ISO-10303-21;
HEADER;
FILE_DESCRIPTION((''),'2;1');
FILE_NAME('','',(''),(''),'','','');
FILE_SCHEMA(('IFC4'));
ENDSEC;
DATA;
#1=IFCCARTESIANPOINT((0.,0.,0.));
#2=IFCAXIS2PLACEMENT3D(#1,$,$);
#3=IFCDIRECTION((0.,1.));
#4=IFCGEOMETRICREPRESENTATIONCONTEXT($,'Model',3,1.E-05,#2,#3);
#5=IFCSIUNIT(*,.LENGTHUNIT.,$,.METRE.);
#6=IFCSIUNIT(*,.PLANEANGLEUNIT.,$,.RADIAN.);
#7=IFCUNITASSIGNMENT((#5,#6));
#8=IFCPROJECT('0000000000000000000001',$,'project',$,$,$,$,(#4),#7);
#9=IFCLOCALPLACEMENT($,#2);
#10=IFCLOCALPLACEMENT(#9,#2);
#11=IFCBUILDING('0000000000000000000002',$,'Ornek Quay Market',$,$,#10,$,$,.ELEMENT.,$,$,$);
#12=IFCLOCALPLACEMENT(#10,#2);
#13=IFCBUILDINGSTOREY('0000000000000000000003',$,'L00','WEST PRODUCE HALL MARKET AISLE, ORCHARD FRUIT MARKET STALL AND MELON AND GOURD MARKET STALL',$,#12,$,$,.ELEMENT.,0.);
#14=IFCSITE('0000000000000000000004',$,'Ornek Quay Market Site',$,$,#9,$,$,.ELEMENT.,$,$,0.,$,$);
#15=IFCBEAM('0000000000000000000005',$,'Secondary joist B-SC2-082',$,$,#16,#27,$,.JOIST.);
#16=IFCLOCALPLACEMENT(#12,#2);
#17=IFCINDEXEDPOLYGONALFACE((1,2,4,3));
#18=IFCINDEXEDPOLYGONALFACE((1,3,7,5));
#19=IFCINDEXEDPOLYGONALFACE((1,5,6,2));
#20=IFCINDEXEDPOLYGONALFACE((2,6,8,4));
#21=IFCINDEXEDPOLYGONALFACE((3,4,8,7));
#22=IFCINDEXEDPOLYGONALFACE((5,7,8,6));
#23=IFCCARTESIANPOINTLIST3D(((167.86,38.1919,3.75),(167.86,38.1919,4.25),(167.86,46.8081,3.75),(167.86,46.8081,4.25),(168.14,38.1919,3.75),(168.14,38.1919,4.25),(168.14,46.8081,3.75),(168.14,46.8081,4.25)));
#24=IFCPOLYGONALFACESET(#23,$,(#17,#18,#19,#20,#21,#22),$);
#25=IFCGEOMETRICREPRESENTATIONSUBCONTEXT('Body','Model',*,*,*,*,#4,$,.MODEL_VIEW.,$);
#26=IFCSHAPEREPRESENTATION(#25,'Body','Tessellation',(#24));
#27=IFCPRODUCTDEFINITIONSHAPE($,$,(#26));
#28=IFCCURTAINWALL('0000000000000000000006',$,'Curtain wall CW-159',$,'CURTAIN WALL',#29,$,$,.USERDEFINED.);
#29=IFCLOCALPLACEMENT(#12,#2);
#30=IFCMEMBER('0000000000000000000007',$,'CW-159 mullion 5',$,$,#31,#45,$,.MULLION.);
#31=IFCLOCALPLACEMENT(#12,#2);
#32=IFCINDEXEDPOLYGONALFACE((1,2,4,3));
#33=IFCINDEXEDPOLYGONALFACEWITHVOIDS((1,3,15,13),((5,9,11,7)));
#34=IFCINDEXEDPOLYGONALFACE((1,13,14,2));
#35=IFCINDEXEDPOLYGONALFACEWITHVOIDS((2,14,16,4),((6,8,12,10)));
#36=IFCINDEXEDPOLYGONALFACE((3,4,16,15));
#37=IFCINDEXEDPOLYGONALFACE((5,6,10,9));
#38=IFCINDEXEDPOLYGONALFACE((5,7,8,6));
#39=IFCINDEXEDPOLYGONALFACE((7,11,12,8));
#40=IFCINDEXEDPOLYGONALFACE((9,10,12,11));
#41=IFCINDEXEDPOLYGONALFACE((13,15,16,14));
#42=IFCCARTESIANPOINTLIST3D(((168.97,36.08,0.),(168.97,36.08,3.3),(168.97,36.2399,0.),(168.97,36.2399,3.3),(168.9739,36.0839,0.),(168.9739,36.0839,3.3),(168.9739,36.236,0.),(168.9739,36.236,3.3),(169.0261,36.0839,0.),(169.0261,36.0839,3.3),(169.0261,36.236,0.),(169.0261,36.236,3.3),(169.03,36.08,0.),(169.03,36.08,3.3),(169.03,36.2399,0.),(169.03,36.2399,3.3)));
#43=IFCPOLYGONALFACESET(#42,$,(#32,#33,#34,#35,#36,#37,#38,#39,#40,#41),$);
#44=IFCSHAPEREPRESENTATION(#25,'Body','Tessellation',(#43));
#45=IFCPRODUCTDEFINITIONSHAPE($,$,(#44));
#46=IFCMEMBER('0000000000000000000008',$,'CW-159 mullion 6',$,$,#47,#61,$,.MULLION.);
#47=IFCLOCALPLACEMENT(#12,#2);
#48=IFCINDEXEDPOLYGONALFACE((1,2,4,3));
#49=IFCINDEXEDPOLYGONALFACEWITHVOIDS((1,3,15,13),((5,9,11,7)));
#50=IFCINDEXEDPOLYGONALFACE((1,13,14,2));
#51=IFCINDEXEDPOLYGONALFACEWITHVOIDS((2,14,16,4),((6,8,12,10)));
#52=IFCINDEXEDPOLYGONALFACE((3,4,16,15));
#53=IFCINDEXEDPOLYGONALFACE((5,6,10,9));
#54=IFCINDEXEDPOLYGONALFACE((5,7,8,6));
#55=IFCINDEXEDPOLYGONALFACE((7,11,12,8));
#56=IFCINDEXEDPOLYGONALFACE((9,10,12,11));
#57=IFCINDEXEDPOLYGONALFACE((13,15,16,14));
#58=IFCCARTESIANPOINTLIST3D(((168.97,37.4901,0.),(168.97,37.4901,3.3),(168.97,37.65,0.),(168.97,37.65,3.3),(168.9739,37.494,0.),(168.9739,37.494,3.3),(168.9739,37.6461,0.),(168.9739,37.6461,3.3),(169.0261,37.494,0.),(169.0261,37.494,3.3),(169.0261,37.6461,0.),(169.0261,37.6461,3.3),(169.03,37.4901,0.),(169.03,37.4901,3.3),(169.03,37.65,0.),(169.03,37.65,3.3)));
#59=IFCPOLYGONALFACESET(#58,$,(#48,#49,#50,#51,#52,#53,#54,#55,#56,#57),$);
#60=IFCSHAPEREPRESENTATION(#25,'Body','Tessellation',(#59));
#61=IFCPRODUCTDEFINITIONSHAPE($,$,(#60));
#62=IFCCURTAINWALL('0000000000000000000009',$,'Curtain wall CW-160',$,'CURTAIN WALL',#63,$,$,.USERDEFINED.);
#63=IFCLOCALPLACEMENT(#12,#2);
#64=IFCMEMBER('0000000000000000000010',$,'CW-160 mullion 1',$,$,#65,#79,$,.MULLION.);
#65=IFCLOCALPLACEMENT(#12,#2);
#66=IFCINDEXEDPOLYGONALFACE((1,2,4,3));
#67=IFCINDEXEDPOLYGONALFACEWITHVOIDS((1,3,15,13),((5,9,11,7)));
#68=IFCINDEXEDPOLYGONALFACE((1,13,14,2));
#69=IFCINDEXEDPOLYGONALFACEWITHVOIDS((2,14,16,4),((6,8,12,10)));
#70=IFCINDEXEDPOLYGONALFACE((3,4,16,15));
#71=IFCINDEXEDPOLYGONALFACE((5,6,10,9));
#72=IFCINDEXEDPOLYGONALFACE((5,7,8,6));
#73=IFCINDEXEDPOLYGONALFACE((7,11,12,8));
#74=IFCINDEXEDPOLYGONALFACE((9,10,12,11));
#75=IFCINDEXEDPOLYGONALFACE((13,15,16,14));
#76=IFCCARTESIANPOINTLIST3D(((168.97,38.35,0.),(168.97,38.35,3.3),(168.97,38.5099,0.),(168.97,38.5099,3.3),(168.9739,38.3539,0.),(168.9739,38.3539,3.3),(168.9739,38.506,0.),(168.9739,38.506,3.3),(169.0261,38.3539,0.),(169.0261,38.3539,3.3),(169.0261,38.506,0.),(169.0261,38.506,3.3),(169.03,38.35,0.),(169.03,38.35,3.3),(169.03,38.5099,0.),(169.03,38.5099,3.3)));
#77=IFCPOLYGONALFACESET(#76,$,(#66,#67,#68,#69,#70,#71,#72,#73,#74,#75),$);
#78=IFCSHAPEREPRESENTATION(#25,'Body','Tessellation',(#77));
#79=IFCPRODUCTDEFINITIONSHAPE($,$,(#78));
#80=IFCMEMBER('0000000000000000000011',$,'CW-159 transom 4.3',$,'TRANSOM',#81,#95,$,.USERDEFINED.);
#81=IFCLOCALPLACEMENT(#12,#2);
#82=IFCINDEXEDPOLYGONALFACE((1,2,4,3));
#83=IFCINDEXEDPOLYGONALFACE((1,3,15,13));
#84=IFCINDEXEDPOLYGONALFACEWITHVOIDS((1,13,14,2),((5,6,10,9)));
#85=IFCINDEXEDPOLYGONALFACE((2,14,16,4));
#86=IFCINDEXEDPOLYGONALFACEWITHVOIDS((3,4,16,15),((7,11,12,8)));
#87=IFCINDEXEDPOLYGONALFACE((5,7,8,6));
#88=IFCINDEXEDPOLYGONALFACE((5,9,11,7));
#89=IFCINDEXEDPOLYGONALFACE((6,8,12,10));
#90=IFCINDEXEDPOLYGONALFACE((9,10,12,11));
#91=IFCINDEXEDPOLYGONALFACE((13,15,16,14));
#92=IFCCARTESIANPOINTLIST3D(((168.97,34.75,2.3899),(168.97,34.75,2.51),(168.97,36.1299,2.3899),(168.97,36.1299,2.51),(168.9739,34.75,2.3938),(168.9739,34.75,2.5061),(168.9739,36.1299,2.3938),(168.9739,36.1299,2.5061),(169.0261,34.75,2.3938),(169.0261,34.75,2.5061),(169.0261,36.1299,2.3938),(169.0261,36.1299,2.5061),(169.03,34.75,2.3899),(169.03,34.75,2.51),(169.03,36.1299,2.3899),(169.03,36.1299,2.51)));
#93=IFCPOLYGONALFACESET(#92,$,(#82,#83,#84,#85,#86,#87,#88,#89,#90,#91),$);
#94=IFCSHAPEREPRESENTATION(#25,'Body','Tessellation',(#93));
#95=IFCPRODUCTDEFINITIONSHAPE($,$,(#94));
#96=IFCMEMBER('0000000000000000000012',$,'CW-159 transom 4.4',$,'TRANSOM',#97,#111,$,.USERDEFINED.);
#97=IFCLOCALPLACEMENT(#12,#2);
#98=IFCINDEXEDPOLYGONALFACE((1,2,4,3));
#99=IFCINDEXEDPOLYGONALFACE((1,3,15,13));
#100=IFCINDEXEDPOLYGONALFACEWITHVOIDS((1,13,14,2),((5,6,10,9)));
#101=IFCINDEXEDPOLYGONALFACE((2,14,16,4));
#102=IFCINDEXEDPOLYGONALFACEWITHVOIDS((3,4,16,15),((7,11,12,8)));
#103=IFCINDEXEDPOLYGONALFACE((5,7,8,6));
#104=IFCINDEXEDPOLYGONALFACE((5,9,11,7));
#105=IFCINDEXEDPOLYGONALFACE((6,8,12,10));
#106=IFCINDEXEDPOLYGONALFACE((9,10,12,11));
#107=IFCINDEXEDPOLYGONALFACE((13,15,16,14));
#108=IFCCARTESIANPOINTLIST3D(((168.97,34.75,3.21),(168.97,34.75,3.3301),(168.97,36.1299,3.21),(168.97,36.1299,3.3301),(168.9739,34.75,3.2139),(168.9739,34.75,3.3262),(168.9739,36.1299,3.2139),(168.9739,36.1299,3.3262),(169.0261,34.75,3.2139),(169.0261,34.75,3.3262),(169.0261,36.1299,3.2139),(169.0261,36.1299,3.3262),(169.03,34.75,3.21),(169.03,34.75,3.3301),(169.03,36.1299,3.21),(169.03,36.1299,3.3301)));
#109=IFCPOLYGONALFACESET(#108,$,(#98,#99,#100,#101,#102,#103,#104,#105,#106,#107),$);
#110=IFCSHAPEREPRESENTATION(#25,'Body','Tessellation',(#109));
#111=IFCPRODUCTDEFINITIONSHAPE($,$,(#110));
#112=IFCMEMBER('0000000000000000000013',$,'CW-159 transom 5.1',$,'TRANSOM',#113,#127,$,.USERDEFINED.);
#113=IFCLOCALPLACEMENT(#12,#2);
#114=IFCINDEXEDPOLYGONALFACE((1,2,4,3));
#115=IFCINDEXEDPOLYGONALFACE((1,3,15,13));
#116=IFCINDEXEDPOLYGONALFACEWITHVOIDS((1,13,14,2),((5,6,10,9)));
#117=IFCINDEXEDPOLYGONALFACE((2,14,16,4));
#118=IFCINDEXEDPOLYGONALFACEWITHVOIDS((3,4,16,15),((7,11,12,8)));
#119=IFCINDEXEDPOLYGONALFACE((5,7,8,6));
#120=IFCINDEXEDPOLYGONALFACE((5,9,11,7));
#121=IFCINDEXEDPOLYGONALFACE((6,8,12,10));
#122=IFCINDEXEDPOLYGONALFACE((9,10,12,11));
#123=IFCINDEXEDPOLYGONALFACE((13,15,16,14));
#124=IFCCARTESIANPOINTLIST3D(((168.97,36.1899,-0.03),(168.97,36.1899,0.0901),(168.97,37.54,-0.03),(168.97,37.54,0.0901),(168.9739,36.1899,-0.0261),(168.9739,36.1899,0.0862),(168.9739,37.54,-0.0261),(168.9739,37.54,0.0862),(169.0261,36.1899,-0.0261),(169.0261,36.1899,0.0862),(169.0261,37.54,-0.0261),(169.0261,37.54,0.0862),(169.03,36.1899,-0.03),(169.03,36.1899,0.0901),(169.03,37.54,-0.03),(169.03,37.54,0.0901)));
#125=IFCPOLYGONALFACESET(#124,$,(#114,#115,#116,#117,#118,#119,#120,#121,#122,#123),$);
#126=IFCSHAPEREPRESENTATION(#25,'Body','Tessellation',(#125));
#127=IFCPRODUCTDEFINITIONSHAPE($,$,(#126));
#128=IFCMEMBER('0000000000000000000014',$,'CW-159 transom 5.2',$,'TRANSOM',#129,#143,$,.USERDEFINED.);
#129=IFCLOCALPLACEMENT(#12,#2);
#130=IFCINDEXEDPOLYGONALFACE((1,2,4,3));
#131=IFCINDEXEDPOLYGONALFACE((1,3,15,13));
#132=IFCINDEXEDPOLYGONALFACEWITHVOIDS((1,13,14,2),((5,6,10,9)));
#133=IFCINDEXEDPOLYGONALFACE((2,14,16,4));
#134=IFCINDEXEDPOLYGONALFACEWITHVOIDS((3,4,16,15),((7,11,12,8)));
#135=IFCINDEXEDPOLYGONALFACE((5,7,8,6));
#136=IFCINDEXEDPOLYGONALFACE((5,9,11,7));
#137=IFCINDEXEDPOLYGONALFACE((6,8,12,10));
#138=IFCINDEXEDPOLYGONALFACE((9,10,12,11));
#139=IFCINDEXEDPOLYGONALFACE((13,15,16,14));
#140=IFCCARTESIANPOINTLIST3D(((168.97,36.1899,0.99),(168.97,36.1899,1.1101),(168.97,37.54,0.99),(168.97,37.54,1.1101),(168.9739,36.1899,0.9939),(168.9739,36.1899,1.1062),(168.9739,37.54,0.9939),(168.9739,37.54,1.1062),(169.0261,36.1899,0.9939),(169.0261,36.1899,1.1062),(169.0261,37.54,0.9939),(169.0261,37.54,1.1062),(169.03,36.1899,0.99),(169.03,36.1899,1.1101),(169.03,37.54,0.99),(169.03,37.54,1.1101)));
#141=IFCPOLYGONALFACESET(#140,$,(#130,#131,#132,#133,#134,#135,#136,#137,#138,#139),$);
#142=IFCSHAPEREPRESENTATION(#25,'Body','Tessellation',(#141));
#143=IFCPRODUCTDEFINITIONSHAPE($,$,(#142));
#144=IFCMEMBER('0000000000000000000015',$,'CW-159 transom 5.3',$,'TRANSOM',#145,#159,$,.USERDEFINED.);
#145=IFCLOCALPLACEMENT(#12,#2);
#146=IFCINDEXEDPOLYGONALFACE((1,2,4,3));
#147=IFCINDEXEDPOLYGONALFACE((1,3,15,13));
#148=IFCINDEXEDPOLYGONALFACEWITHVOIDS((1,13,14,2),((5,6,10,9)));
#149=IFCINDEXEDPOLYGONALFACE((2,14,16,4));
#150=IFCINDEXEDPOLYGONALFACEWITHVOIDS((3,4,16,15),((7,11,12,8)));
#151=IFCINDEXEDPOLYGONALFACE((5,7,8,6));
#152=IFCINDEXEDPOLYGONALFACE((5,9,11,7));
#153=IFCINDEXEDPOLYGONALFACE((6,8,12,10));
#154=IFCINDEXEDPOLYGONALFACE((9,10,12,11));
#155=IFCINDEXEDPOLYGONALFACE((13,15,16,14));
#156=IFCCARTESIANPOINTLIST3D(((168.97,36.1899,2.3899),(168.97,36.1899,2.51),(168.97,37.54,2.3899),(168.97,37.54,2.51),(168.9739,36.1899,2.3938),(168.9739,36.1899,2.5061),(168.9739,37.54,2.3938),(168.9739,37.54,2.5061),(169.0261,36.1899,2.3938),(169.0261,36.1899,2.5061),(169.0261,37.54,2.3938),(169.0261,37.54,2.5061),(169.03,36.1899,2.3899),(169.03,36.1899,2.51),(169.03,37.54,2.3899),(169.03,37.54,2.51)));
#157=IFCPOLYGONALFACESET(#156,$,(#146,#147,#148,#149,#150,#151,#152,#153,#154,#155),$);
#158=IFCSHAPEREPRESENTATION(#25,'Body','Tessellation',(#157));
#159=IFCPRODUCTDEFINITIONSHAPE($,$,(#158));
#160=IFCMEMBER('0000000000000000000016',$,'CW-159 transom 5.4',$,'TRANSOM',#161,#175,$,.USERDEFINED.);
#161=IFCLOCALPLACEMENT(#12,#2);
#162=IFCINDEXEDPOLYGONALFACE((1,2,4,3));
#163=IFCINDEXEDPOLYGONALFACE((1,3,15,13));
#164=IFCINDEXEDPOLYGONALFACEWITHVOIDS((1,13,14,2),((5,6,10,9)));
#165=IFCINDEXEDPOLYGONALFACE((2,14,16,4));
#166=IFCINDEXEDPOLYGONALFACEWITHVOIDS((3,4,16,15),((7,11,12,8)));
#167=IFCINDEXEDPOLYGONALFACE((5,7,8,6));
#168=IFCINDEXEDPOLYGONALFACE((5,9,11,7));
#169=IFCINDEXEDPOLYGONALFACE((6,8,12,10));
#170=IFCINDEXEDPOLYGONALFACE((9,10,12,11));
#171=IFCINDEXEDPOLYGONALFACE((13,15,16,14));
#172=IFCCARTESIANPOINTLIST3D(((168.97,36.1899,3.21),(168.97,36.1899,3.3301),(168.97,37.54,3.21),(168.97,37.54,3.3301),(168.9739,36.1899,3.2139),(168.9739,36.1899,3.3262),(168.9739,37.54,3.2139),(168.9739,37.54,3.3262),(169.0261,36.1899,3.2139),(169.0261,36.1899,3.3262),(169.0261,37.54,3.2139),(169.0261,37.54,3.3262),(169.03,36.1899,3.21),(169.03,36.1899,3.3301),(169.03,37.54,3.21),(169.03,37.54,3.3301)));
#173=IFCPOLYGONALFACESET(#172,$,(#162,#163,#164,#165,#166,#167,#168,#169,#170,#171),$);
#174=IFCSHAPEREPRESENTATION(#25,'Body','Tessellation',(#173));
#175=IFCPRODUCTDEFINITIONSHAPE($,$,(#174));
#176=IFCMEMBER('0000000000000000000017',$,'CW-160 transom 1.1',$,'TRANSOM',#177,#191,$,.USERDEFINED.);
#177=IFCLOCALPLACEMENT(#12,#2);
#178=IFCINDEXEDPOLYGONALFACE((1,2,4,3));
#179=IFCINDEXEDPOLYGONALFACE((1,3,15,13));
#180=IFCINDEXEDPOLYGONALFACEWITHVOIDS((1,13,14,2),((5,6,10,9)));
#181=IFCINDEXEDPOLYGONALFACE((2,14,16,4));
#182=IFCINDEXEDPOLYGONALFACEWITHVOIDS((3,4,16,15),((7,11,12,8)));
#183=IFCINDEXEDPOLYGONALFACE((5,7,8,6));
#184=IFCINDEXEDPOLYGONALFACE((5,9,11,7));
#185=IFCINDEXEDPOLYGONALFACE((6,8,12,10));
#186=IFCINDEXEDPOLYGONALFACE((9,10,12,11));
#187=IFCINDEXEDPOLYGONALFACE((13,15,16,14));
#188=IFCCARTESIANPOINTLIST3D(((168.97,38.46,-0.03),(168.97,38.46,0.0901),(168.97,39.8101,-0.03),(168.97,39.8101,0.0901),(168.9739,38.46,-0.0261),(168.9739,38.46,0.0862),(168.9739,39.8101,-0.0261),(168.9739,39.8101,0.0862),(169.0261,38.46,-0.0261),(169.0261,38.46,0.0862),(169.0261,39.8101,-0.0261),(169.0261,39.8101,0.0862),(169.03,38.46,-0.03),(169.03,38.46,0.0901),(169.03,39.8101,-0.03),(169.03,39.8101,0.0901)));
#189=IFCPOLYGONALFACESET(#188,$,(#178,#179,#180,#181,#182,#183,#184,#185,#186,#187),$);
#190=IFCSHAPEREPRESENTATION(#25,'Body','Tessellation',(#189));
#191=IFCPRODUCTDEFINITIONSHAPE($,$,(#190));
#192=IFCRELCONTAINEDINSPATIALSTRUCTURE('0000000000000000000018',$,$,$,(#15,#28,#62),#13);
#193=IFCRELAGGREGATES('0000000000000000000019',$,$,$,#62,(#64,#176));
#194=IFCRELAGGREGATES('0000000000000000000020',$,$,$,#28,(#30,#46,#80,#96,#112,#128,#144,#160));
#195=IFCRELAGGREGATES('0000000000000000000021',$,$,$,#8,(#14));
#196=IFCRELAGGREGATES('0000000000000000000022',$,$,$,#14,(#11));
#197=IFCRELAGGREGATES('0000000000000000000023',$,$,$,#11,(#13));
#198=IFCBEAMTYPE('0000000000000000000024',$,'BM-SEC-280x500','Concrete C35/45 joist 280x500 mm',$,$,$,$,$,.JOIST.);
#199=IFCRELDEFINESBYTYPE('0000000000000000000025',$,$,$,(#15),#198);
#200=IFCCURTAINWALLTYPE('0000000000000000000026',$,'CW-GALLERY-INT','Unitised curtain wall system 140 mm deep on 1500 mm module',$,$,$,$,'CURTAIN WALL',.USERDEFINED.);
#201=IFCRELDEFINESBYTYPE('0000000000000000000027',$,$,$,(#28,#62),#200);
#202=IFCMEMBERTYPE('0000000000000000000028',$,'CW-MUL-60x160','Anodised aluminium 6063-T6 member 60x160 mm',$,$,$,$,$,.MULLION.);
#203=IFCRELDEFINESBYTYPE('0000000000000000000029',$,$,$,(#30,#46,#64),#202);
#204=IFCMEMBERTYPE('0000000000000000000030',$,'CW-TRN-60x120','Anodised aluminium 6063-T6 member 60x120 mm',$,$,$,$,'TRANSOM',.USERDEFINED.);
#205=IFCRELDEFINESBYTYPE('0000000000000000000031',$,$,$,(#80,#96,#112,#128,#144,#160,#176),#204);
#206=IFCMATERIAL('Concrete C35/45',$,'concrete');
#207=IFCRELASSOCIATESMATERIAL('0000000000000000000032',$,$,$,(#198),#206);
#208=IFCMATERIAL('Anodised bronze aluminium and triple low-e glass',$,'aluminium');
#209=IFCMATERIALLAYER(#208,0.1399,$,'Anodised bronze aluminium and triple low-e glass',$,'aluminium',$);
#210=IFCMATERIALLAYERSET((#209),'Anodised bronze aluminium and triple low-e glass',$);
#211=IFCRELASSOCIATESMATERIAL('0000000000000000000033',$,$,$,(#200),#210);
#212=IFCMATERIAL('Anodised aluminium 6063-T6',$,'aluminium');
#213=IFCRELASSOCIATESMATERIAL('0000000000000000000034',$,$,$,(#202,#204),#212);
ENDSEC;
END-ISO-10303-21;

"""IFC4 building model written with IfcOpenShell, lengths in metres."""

from ifc_helpers import new_model, si_unit, direction, frame, origin, origin_2d, place, context, subcontext, project, spatial, rectangle, hollow_rectangle, extrude, material, layer, layer_set, material_profile, profile_set, type_object, element, aggregate, save


model = new_model("IFC4")

# Units and contexts
model_context = context("Model", 3, precision=1e-05, world=origin(), true_north=direction((0.0, 1.0)))
body_context = subcontext(model_context, "Body", "Model", "MODEL_VIEW")
ifc_project = project(units=[si_unit("LENGTHUNIT", "METRE"), si_unit("PLANEANGLEUNIT", "RADIAN")], contexts=[model_context])

# Site, building, storey
site_placement = place(None, origin())
site = spatial("IfcSite", under=ifc_project, at=site_placement, Name="Ornek Quay Market Site", CompositionType="ELEMENT", RefElevation=0.0)
building_placement = place(site_placement, origin())
building = spatial("IfcBuilding", under=site, at=building_placement, Name="Ornek Quay Market", CompositionType="ELEMENT")
storey_placement = place(building_placement, origin())
storey = spatial("IfcBuildingStorey", under=building, at=storey_placement, Name="L00", Description="WEST PRODUCE HALL MARKET AISLE, ORCHARD FRUIT MARKET STALL AND MELON AND GOURD MARKET STALL", CompositionType="ELEMENT", Elevation=0.0)

# Beam
ifc_material_1 = material(Name="Concrete C35/45", Category="concrete")
ifc_material_profile_1 = material_profile(ifc_material_1, rectangle(XDim=0.28, YDim=0.5, at=origin_2d()), Name="RC 280x500", Category="concrete")
ifc_profile_set_1 = profile_set([ifc_material_profile_1], Name="Concrete C35/45")
beam_type = type_object("IfcBeamType", Name="BM-SEC-280x500", Description="Concrete C35/45 joist 280x500 mm", PredefinedType="JOIST", material=ifc_profile_set_1)
beam_placement = place(storey_placement, frame((168.0, 38.1919, 4.0), z_axis=(0.0, 1.0, 0.0), x_axis=(-1.0, 0.0, 0.0)))
element("IfcBeam", 1, at=beam_placement, inside=storey, type_object=beam_type, Name="Secondary joist B-SC2-082", PredefinedType="JOIST", context=body_context, shape_type="SweptSolid", body=[
    extrude(rectangle(XDim=0.28, YDim=0.5, at=origin_2d()), origin(), (0.0, 0.0, 1.0), 8.6162),
])

# Curtain wall, members
ifc_material_2 = material(Name="Anodised bronze aluminium and triple low-e glass", Category="aluminium")
ifc_layer_1 = layer(ifc_material_2, 0.1399, Name="Anodised bronze aluminium and triple low-e glass", Category="aluminium")
ifc_layer_set_1 = layer_set([ifc_layer_1], Name="Anodised bronze aluminium and triple low-e glass")
curtain_wall_type = type_object("IfcCurtainWallType", Name="CW-GALLERY-INT", Description="Unitised curtain wall system 140 mm deep on 1500 mm module", ElementType="CURTAIN WALL", PredefinedType="USERDEFINED", material=ifc_layer_set_1)
curtain_wall_1_placement = place(storey_placement, origin())
curtain_wall_1 = element("IfcCurtainWall", 2, at=curtain_wall_1_placement, inside=storey, type_object=curtain_wall_type, Name="Curtain wall CW-159", ObjectType="CURTAIN WALL", PredefinedType="USERDEFINED")
ifc_material_3 = material(Name="Anodised aluminium 6063-T6", Category="aluminium")
ifc_material_profile_2 = material_profile(ifc_material_3, hollow_rectangle(XDim=0.0601, YDim=0.1599, WallThickness=0.0039, at=origin_2d()), Name="CW-MUL-60x160", Category="aluminium")
ifc_profile_set_2 = profile_set([ifc_material_profile_2], Name="Anodised aluminium 6063-T6")
member_type_1 = type_object("IfcMemberType", Name="CW-MUL-60x160", Description="Anodised aluminium 6063-T6 member 60x160 mm", PredefinedType="MULLION", material=ifc_profile_set_2)
member_1_placement = place(storey_placement, frame((169.0, 36.1599, 0.0), z_axis=(0.0, 0.0, 1.0), x_axis=(-1.0, 0.0, 0.0)))
member_1 = element("IfcMember", 3, at=member_1_placement, type_object=member_type_1, Name="CW-159 mullion 5", PredefinedType="MULLION", context=body_context, shape_type="SweptSolid", body=[
    extrude(hollow_rectangle(XDim=0.0601, YDim=0.1599, WallThickness=0.0039, at=origin_2d()), origin(), (0.0, 0.0, 1.0), 3.3),
])
member_2_placement = place(storey_placement, frame((169.0, 37.5701, 0.0), z_axis=(0.0, 0.0, 1.0), x_axis=(-1.0, 0.0, 0.0)))
member_2 = element("IfcMember", 4, at=member_2_placement, type_object=member_type_1, Name="CW-159 mullion 6", PredefinedType="MULLION", context=body_context, shape_type="SweptSolid", body=[
    extrude(hollow_rectangle(XDim=0.0601, YDim=0.1599, WallThickness=0.0039, at=origin_2d()), origin(), (0.0, 0.0, 1.0), 3.3),
])

# Curtain wall, member
curtain_wall_2_placement = place(storey_placement, origin())
curtain_wall_2 = element("IfcCurtainWall", 5, at=curtain_wall_2_placement, inside=storey, type_object=curtain_wall_type, Name="Curtain wall CW-160", ObjectType="CURTAIN WALL", PredefinedType="USERDEFINED")
member_3_placement = place(storey_placement, frame((169.0, 38.4299, 0.0), z_axis=(0.0, 0.0, 1.0), x_axis=(-1.0, 0.0, 0.0)))
member_3 = element("IfcMember", 6, at=member_3_placement, type_object=member_type_1, Name="CW-160 mullion 1", PredefinedType="MULLION", context=body_context, shape_type="SweptSolid", body=[
    extrude(hollow_rectangle(XDim=0.0601, YDim=0.1599, WallThickness=0.0039, at=origin_2d()), origin(), (0.0, 0.0, 1.0), 3.3),
])

# Members
ifc_material_profile_3 = material_profile(ifc_material_3, hollow_rectangle(XDim=0.0601, YDim=0.1201, WallThickness=0.0039, at=origin_2d()), Name="CW-TRN-60x120", Category="aluminium")
ifc_profile_set_3 = profile_set([ifc_material_profile_3], Name="Anodised aluminium 6063-T6")
member_type_2 = type_object("IfcMemberType", Name="CW-TRN-60x120", Description="Anodised aluminium 6063-T6 member 60x120 mm", ElementType="TRANSOM", PredefinedType="USERDEFINED", material=ifc_profile_set_3)
member_4_placement = place(storey_placement, frame((169.0, 34.75, 2.45), z_axis=(0.0, 1.0, 0.0), x_axis=(-1.0, 0.0, 0.0)))
member_4 = element("IfcMember", 7, at=member_4_placement, type_object=member_type_2, Name="CW-159 transom 4.3", ObjectType="TRANSOM", PredefinedType="USERDEFINED", context=body_context, shape_type="SweptSolid", body=[
    extrude(hollow_rectangle(XDim=0.0601, YDim=0.1201, WallThickness=0.0039, at=origin_2d()), origin(), (0.0, 0.0, 1.0), 1.3799),
])
member_5_placement = place(storey_placement, frame((169.0, 34.75, 3.27), z_axis=(0.0, 1.0, 0.0), x_axis=(-1.0, 0.0, 0.0)))
member_5 = element("IfcMember", 8, at=member_5_placement, type_object=member_type_2, Name="CW-159 transom 4.4", ObjectType="TRANSOM", PredefinedType="USERDEFINED", context=body_context, shape_type="SweptSolid", body=[
    extrude(hollow_rectangle(XDim=0.0601, YDim=0.1201, WallThickness=0.0039, at=origin_2d()), origin(), (0.0, 0.0, 1.0), 1.3799),
])
member_6_placement = place(storey_placement, frame((169.0, 36.1899, 0.03), z_axis=(0.0, 1.0, 0.0), x_axis=(-1.0, 0.0, 0.0)))
member_6 = element("IfcMember", 9, at=member_6_placement, type_object=member_type_2, Name="CW-159 transom 5.1", ObjectType="TRANSOM", PredefinedType="USERDEFINED", context=body_context, shape_type="SweptSolid", body=[
    extrude(hollow_rectangle(XDim=0.0601, YDim=0.1201, WallThickness=0.0039, at=origin_2d()), origin(), (0.0, 0.0, 1.0), 1.3501),
])
member_7_placement = place(storey_placement, frame((169.0, 36.1899, 1.05), z_axis=(0.0, 1.0, 0.0), x_axis=(-1.0, 0.0, 0.0)))
member_7 = element("IfcMember", 10, at=member_7_placement, type_object=member_type_2, Name="CW-159 transom 5.2", ObjectType="TRANSOM", PredefinedType="USERDEFINED", context=body_context, shape_type="SweptSolid", body=[
    extrude(hollow_rectangle(XDim=0.0601, YDim=0.1201, WallThickness=0.0039, at=origin_2d()), origin(), (0.0, 0.0, 1.0), 1.3501),
])
member_8_placement = place(storey_placement, frame((169.0, 36.1899, 2.45), z_axis=(0.0, 1.0, 0.0), x_axis=(-1.0, 0.0, 0.0)))
member_8 = element("IfcMember", 11, at=member_8_placement, type_object=member_type_2, Name="CW-159 transom 5.3", ObjectType="TRANSOM", PredefinedType="USERDEFINED", context=body_context, shape_type="SweptSolid", body=[
    extrude(hollow_rectangle(XDim=0.0601, YDim=0.1201, WallThickness=0.0039, at=origin_2d()), origin(), (0.0, 0.0, 1.0), 1.3501),
])
member_9_placement = place(storey_placement, frame((169.0, 36.1899, 3.27), z_axis=(0.0, 1.0, 0.0), x_axis=(-1.0, 0.0, 0.0)))
member_9 = element("IfcMember", 12, at=member_9_placement, type_object=member_type_2, Name="CW-159 transom 5.4", ObjectType="TRANSOM", PredefinedType="USERDEFINED", context=body_context, shape_type="SweptSolid", body=[
    extrude(hollow_rectangle(XDim=0.0601, YDim=0.1201, WallThickness=0.0039, at=origin_2d()), origin(), (0.0, 0.0, 1.0), 1.3501),
])
member_10_placement = place(storey_placement, frame((169.0, 38.46, 0.03), z_axis=(0.0, 1.0, 0.0), x_axis=(-1.0, 0.0, 0.0)))
member_10 = element("IfcMember", 13, at=member_10_placement, type_object=member_type_2, Name="CW-160 transom 1.1", ObjectType="TRANSOM", PredefinedType="USERDEFINED", context=body_context, shape_type="SweptSolid", body=[
    extrude(hollow_rectangle(XDim=0.0601, YDim=0.1201, WallThickness=0.0039, at=origin_2d()), origin(), (0.0, 0.0, 1.0), 1.3501),
])
aggregate(curtain_wall_2, [member_3, member_10])

aggregate(curtain_wall_1, [member_1, member_2, member_4, member_5, member_6, member_7, member_8, member_9])

save(model, "model.ifc")
